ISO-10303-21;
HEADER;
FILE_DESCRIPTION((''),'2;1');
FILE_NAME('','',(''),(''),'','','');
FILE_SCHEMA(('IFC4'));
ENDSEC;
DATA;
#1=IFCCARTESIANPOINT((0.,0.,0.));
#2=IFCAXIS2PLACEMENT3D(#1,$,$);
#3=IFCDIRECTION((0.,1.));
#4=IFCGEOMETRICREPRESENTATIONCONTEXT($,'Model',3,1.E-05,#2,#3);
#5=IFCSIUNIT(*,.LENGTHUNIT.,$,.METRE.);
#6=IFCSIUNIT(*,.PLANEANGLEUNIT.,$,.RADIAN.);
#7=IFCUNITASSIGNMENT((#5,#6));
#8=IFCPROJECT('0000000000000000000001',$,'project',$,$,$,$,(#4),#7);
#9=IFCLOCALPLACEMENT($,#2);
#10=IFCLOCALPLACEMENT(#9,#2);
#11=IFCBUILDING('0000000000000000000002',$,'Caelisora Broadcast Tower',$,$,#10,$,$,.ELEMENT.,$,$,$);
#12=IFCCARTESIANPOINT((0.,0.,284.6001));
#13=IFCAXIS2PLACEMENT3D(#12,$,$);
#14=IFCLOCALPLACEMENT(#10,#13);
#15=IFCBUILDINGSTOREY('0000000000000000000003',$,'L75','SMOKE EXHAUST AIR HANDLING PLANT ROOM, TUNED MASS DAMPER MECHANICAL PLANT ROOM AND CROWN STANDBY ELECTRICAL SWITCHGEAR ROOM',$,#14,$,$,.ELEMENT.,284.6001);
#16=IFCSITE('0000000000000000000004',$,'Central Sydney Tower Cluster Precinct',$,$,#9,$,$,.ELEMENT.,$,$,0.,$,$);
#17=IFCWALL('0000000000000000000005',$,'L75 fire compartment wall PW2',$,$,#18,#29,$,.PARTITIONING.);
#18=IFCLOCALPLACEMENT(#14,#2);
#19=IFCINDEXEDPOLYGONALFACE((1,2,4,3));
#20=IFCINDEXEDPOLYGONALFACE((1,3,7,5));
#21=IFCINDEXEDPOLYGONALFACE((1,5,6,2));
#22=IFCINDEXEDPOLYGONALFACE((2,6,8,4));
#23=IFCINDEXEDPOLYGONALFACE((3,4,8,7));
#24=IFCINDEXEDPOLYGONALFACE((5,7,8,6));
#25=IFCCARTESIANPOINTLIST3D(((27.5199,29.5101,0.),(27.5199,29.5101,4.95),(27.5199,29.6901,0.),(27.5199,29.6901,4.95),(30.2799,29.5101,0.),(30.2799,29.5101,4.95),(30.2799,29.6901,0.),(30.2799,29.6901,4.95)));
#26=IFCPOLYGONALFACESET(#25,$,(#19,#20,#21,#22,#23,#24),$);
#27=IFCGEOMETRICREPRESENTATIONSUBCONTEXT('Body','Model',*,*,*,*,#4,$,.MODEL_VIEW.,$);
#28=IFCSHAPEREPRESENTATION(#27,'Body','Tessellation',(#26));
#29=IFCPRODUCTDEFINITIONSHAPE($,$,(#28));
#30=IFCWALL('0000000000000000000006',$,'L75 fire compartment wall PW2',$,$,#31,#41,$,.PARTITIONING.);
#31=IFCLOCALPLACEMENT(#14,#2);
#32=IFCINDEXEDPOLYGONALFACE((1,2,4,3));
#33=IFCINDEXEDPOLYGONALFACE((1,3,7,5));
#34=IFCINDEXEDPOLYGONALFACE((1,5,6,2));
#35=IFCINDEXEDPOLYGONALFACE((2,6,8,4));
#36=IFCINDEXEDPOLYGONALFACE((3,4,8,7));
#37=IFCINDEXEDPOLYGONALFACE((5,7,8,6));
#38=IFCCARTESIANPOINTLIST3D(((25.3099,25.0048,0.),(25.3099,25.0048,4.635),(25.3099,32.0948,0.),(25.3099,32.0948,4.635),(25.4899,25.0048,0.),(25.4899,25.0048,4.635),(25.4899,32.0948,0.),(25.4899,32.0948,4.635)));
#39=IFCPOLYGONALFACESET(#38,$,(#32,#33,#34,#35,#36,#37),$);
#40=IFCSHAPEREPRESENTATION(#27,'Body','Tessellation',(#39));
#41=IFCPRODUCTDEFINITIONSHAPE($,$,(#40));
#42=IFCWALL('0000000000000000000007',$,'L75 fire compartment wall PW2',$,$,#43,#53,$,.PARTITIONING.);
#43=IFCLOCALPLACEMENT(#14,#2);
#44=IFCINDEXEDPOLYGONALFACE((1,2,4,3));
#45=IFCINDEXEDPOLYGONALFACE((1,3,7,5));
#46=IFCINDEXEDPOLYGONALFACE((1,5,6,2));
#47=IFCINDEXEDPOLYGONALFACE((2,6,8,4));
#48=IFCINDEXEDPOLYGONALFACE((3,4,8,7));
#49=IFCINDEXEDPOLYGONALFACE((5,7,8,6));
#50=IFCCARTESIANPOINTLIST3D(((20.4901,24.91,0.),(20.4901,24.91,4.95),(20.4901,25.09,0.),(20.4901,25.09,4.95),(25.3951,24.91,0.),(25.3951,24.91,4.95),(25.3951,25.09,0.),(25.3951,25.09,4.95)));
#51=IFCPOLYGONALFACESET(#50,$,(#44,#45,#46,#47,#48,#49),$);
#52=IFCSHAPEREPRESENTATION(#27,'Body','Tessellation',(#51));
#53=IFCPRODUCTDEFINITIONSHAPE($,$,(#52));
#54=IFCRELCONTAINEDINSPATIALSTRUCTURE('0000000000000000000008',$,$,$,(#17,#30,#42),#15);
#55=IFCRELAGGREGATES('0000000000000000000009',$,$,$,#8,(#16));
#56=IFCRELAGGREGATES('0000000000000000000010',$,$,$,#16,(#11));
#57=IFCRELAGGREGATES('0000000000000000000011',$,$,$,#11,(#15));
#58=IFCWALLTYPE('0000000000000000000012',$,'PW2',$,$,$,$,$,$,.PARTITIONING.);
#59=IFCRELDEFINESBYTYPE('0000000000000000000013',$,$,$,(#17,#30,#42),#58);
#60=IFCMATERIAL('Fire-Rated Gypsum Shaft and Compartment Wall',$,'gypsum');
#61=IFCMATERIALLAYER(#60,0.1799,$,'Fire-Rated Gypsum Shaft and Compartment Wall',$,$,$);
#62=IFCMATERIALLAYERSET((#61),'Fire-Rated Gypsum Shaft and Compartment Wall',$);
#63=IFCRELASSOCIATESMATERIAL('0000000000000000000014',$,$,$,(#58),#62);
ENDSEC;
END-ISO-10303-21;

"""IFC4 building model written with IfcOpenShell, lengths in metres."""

from ifc_helpers import new_model, si_unit, direction, frame, frame_2d, origin, place, context, subcontext, project, spatial, rectangle, extrude, material, layer, layer_set, type_object, element, save


model = new_model("IFC4")

# Units and contexts
model_context = context("Model", 3, precision=1e-05, world=origin(), true_north=direction((0.0, 1.0)))
body_context = subcontext(model_context, "Body", "Model", "MODEL_VIEW")
ifc_project = project(units=[si_unit("LENGTHUNIT", "METRE"), si_unit("PLANEANGLEUNIT", "RADIAN")], contexts=[model_context])

# Site, building, storey
site_placement = place(None, origin())
site = spatial("IfcSite", under=ifc_project, at=site_placement, Name="Central Sydney Tower Cluster Precinct", CompositionType="ELEMENT", RefElevation=0.0)
building_placement = place(site_placement, origin())
building = spatial("IfcBuilding", under=site, at=building_placement, Name="Caelisora Broadcast Tower", CompositionType="ELEMENT")
storey_placement = place(building_placement, frame((0.0, 0.0, 284.6001)))
storey = spatial("IfcBuildingStorey", under=building, at=storey_placement, Name="L75", Description="SMOKE EXHAUST AIR HANDLING PLANT ROOM, TUNED MASS DAMPER MECHANICAL PLANT ROOM AND CROWN STANDBY ELECTRICAL SWITCHGEAR ROOM", CompositionType="ELEMENT", Elevation=284.6001)

# Shared definitions
ifc_material_1 = material(Name="Fire-Rated Gypsum Shaft and Compartment Wall", Category="gypsum")
ifc_layer_1 = layer(ifc_material_1, 0.1799, Name="Fire-Rated Gypsum Shaft and Compartment Wall")
ifc_layer_set_1 = layer_set([ifc_layer_1], Name="Fire-Rated Gypsum Shaft and Compartment Wall")
wall_type = type_object("IfcWallType", Name="PW2", PredefinedType="PARTITIONING", material=ifc_layer_set_1)

# Walls
for number, where, z_axis, x_axis, name in (
    (1, (27.52, 29.6001, 0.0), (0.0, 0.0, 1.0), (1.0, 0.0, 0.0), "L75 fire compartment wall PW2"),
):
    element("IfcWall", number, at=place(storey_placement, frame(where, z_axis=z_axis, x_axis=x_axis)), inside=storey, type_object=wall_type, Name=name, PredefinedType="PARTITIONING", context=body_context, shape_type="SweptSolid", body=[
        extrude(rectangle(XDim=2.76, YDim=0.1799, at=frame_2d((1.3799, 0.0))), origin(), (0.0, 0.0, 1.0), 4.95),
    ])
wall_1_placement = place(storey_placement, frame((25.3999, 25.0049, 0.0), z_axis=(0.0, 0.0, 1.0), x_axis=(0.0, 1.0, 0.0)))
element("IfcWall", 2, at=wall_1_placement, inside=storey, type_object=wall_type, Name="L75 fire compartment wall PW2", PredefinedType="PARTITIONING", context=body_context, shape_type="SweptSolid", body=[
    extrude(rectangle(XDim=7.0901, YDim=0.1799, at=frame_2d((3.5449, 0.0))), origin(), (0.0, 0.0, 1.0), 4.635),
])
wall_2_placement = place(storey_placement, frame((20.49, 25.0, 0.0), z_axis=(0.0, 0.0, 1.0), x_axis=(1.0, 0.0, 0.0)))
element("IfcWall", 3, at=wall_2_placement, inside=storey, type_object=wall_type, Name="L75 fire compartment wall PW2", PredefinedType="PARTITIONING", context=body_context, shape_type="SweptSolid", body=[
    extrude(rectangle(XDim=4.905, YDim=0.1799, at=frame_2d((2.4526, 0.0))), origin(), (0.0, 0.0, 1.0), 4.95),
])

save(model, "model.ifc")
